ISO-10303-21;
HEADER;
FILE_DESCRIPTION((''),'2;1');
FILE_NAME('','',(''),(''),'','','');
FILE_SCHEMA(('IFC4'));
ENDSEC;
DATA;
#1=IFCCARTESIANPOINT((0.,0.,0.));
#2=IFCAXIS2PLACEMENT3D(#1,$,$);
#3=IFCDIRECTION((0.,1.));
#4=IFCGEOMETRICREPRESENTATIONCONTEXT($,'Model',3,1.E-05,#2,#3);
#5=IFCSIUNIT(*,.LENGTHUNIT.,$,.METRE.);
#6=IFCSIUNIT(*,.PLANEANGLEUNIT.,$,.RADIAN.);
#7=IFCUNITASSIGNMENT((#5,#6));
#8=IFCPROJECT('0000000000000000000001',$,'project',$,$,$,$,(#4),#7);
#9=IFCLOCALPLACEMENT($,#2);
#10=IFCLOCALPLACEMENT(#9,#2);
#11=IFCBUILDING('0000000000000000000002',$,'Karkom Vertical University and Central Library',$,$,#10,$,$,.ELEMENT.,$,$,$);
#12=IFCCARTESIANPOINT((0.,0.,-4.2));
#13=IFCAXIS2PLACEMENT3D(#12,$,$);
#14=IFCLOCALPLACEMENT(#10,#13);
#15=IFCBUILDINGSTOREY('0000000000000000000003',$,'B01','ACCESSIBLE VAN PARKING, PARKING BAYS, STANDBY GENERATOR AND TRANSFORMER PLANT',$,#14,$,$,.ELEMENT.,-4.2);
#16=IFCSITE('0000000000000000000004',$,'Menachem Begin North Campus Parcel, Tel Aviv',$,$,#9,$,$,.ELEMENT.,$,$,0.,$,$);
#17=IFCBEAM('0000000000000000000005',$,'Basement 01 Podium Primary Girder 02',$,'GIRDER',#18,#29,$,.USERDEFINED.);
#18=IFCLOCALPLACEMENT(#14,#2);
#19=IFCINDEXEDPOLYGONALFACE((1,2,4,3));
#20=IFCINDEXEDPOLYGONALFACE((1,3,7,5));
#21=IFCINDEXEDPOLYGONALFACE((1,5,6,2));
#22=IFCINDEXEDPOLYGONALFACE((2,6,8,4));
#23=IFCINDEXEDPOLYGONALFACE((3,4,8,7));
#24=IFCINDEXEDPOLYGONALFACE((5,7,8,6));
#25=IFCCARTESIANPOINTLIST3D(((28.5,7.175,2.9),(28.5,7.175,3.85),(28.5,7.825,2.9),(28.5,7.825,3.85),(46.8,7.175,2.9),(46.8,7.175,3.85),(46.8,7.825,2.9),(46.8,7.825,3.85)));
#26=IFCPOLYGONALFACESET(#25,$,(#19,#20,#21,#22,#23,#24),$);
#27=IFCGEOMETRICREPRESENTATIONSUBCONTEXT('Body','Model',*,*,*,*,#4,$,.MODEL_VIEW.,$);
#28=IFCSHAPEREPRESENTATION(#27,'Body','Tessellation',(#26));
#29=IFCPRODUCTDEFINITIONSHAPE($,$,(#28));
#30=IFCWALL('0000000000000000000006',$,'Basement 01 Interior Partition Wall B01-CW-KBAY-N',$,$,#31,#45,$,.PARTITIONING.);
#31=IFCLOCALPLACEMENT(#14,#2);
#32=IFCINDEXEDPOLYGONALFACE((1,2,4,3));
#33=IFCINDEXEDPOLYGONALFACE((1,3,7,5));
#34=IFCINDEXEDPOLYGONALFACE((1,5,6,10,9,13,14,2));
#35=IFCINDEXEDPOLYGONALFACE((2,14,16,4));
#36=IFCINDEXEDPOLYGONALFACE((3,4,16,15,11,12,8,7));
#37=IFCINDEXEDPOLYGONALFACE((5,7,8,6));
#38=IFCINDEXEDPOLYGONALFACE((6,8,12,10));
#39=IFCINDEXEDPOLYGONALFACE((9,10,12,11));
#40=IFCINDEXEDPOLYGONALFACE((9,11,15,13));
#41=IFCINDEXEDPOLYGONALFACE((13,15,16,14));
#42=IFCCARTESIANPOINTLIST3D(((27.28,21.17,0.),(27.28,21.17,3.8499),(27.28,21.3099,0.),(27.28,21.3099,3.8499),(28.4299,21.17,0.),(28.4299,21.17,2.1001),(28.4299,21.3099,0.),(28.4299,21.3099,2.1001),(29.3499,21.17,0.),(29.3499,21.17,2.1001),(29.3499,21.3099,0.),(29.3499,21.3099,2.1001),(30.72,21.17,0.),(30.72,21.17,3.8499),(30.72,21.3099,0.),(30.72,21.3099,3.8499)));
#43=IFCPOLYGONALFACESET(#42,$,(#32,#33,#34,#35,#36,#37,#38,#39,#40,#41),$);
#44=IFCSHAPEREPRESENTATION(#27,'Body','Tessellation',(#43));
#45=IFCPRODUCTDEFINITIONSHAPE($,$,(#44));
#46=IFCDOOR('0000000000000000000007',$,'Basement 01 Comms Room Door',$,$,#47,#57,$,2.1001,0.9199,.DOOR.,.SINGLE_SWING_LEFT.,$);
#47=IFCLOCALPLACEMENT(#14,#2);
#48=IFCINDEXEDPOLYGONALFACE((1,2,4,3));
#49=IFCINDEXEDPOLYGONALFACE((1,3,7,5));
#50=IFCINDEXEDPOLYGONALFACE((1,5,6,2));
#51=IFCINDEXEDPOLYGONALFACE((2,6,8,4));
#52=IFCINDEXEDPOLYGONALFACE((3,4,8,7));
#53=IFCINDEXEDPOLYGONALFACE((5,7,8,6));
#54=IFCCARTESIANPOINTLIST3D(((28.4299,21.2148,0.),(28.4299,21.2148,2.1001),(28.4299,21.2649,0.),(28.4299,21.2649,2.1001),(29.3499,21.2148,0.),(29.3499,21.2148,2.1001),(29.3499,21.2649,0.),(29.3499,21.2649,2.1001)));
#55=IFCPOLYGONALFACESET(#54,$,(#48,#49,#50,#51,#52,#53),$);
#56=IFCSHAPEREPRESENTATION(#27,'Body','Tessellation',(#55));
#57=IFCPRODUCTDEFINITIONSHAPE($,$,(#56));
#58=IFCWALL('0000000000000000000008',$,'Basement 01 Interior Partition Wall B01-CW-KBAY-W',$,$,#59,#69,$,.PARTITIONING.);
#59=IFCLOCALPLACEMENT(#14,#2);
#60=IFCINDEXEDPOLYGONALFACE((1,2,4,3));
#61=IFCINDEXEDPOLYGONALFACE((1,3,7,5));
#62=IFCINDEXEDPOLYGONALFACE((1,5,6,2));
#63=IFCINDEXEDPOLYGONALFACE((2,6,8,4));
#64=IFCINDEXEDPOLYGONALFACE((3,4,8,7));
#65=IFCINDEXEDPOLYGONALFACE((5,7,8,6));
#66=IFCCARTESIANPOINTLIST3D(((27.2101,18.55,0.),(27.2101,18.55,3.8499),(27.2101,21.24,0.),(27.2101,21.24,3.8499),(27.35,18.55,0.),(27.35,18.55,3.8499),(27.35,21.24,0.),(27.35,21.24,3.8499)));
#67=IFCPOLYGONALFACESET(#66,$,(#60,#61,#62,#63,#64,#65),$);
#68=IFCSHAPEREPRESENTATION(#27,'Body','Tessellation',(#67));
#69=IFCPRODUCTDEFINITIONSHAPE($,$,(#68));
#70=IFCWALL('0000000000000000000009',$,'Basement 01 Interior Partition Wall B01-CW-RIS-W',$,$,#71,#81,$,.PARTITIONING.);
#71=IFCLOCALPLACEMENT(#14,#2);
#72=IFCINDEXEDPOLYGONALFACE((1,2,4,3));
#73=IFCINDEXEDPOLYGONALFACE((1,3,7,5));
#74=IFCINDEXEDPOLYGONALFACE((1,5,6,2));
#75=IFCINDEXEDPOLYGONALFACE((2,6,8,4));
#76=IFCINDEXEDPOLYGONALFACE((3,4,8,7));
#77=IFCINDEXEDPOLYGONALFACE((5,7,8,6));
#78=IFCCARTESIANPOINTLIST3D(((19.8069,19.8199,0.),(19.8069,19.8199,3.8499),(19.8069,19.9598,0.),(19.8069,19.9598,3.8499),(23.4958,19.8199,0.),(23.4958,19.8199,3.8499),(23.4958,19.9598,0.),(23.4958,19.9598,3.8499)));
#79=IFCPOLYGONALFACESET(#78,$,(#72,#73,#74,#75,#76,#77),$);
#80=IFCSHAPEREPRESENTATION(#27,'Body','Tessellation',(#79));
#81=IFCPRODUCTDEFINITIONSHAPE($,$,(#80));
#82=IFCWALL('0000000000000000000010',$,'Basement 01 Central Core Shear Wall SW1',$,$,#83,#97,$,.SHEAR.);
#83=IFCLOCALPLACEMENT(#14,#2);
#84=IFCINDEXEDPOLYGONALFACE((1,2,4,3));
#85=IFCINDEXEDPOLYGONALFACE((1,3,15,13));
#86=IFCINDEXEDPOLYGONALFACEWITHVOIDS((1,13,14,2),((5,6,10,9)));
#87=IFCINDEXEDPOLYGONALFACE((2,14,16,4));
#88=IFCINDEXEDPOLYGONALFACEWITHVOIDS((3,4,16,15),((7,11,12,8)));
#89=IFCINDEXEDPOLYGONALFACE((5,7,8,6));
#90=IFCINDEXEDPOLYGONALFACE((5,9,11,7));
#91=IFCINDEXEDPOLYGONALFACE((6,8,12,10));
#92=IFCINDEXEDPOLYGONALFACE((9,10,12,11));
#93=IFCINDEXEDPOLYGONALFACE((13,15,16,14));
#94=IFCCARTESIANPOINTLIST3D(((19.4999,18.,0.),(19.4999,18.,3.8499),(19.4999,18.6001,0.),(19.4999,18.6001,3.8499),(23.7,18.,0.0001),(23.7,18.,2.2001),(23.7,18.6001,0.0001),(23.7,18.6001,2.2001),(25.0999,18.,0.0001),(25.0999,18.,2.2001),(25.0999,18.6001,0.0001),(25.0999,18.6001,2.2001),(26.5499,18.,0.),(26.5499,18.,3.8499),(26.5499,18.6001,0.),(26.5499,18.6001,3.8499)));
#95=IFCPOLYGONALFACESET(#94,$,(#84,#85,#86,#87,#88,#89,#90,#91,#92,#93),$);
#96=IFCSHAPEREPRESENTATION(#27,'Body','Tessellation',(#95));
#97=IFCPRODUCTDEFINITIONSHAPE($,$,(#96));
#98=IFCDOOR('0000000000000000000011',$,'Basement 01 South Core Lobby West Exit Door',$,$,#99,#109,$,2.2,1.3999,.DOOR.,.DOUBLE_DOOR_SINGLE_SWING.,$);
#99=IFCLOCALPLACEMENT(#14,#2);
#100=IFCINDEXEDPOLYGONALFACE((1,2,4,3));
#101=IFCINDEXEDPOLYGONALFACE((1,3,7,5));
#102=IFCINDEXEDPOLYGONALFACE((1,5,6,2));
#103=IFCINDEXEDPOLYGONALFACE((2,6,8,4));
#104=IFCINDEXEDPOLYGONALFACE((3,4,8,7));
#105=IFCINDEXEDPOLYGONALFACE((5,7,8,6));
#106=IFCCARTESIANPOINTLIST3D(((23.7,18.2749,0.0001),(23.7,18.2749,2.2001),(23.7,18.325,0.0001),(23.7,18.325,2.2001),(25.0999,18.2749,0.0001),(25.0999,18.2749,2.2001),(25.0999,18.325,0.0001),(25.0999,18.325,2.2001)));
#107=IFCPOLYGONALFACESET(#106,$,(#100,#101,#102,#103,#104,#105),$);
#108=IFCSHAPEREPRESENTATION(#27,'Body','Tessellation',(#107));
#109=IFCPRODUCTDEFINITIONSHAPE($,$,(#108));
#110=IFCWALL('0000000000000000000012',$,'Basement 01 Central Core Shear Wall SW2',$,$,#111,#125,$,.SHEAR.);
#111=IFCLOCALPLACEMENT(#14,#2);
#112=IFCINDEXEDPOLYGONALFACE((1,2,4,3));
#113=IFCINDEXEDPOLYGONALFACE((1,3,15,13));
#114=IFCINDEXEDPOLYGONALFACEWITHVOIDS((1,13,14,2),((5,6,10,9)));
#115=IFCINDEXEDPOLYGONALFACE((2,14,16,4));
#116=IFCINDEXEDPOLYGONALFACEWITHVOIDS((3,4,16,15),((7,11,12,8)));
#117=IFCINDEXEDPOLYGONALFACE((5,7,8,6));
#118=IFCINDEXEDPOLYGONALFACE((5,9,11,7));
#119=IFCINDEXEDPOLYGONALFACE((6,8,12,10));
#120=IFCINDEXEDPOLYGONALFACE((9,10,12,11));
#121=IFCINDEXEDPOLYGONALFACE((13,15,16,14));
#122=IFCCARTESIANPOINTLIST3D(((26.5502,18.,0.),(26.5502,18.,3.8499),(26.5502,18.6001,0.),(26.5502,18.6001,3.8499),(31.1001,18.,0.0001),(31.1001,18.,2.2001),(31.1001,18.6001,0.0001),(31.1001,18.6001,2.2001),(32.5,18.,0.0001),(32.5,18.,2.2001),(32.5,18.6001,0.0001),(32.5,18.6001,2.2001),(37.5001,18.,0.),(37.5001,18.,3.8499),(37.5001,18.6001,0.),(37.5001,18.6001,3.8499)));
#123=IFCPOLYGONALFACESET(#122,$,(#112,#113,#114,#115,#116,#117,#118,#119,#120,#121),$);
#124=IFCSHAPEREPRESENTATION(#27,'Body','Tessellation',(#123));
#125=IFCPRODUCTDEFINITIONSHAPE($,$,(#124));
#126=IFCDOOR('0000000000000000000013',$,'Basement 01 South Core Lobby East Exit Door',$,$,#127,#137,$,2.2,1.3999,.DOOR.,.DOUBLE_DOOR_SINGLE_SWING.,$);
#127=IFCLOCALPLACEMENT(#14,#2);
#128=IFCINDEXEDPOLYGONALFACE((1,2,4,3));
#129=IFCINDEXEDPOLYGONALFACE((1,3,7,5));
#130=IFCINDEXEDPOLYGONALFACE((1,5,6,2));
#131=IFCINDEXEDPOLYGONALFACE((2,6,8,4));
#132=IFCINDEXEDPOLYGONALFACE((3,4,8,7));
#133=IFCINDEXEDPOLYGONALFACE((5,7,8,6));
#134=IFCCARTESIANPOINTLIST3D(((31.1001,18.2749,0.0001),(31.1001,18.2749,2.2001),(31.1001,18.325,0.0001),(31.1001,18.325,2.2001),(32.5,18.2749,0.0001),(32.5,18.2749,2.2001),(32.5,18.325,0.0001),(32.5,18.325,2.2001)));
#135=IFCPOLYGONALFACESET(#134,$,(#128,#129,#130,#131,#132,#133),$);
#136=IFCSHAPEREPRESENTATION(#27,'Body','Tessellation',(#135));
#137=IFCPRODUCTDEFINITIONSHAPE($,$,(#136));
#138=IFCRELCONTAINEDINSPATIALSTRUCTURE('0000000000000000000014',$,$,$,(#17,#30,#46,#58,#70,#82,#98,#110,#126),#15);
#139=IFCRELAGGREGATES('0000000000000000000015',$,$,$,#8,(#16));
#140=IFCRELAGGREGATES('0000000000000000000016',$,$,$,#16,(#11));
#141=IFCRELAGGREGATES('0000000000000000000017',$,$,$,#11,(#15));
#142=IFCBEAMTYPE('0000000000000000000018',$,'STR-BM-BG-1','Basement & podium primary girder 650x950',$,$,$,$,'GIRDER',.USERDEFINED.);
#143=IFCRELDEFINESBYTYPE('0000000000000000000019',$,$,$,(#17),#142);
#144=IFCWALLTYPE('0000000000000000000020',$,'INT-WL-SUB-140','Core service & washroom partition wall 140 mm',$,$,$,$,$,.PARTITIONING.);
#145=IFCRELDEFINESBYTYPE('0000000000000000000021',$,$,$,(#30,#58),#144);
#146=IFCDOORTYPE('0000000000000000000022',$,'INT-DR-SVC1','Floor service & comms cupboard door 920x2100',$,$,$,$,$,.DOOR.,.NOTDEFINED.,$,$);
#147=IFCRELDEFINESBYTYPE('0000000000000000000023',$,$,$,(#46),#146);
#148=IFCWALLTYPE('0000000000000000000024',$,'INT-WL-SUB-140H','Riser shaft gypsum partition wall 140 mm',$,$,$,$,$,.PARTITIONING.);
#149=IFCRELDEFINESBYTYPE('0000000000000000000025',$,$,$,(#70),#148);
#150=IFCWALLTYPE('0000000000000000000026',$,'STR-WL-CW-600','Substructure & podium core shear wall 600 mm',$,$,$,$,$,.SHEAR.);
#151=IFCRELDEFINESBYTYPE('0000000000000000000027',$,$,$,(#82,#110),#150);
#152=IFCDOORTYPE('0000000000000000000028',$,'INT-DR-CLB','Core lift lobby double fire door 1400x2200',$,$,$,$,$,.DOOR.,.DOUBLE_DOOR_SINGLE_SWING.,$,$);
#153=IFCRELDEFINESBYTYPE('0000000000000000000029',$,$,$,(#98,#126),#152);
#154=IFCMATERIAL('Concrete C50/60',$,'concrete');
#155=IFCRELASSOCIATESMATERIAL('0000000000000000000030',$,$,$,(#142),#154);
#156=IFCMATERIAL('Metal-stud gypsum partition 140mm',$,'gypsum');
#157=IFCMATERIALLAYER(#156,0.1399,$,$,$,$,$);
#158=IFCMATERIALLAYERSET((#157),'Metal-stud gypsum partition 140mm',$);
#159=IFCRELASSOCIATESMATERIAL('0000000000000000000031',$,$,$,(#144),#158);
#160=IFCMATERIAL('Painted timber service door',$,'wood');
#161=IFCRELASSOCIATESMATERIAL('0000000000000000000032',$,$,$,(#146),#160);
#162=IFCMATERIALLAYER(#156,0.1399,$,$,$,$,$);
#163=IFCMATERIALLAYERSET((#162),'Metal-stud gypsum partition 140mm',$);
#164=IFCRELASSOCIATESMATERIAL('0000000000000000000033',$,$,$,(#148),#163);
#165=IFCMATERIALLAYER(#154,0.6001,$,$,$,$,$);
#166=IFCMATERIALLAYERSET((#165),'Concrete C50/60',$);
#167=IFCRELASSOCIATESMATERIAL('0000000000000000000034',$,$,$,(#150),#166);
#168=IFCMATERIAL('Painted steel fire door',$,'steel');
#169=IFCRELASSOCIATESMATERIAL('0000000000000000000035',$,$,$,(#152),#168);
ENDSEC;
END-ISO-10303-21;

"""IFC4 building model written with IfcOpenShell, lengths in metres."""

from ifc_helpers import new_model, si_unit, direction, frame, frame_2d, origin, origin_with_axes, origin_2d, place, context, subcontext, project, spatial, rectangle, extrude, source, transform, mapped, material, layer, layer_set, material_profile, profile_set, type_object, element, fill, save


model = new_model("IFC4")

# Units and contexts
model_context = context("Model", 3, precision=1e-05, world=origin(), true_north=direction((0.0, 1.0)))
body_context = subcontext(model_context, "Body", "Model", "MODEL_VIEW")
ifc_project = project(units=[si_unit("LENGTHUNIT", "METRE"), si_unit("PLANEANGLEUNIT", "RADIAN")], contexts=[model_context])

# Site, building, storey
site_placement = place(None, origin())
site = spatial("IfcSite", under=ifc_project, at=site_placement, Name="Menachem Begin North Campus Parcel, Tel Aviv", CompositionType="ELEMENT", RefElevation=0.0)
building_placement = place(site_placement, origin())
building = spatial("IfcBuilding", under=site, at=building_placement, Name="Karkom Vertical University and Central Library", CompositionType="ELEMENT")
storey_placement = place(building_placement, frame((0.0, 0.0, -4.2)))
storey = spatial("IfcBuildingStorey", under=building, at=storey_placement, Name="B01", Description="ACCESSIBLE VAN PARKING, PARKING BAYS, STANDBY GENERATOR AND TRANSFORMER PLANT", CompositionType="ELEMENT", Elevation=-4.2)

# Shared definitions
ifc_material_1 = material(Name="Concrete C50/60", Category="concrete")

# Beam
ifc_material_profile_1 = material_profile(ifc_material_1, rectangle(XDim=0.6499, YDim=0.95, at=origin_2d()), Name="RCG-650x950")
ifc_profile_set_1 = profile_set([ifc_material_profile_1], Name="Concrete C50/60")
beam_type = type_object("IfcBeamType", Name="STR-BM-BG-1", Description="Basement & podium primary girder 650x950", ElementType="GIRDER", PredefinedType="USERDEFINED", material=ifc_profile_set_1)
shared_shape_1 = source(origin_with_axes(), body_context, "Body", "SweptSolid", [
    extrude(rectangle(XDim=0.6499, YDim=0.95, at=origin_2d()), origin(), (0.0, 0.0, 1.0), 18.3),
])
beam_placement = place(storey_placement, frame((28.5, 7.5, 3.375), z_axis=(1.0, 0.0, 0.0), x_axis=(0.0, 1.0, 0.0)))
element("IfcBeam", 1, at=beam_placement, inside=storey, type_object=beam_type, Name="Basement 01 Podium Primary Girder 02", ObjectType="GIRDER", PredefinedType="USERDEFINED", context=body_context, shape_type="MappedRepresentation", body=[
    mapped(shared_shape_1, transform((0.0, 0.0, 0.0), scale=1.0)),
])

# Wall, opening, door
ifc_material_2 = material(Name="Metal-stud gypsum partition 140mm", Category="gypsum")
ifc_layer_1 = layer(ifc_material_2, 0.1399)
ifc_layer_set_1 = layer_set([ifc_layer_1], Name="Metal-stud gypsum partition 140mm")
wall_type_1 = type_object("IfcWallType", Name="INT-WL-SUB-140", Description="Core service & washroom partition wall 140 mm", PredefinedType="PARTITIONING", material=ifc_layer_set_1)
wall_1_placement = place(storey_placement, frame((27.28, 21.24, 0.0), z_axis=(0.0, 0.0, 1.0), x_axis=(1.0, 0.0, 0.0)))
wall_1 = element("IfcWall", 2, at=wall_1_placement, inside=storey, type_object=wall_type_1, Name="Basement 01 Interior Partition Wall B01-CW-KBAY-N", PredefinedType="PARTITIONING", context=body_context, shape_type="SweptSolid", body=[
    extrude(rectangle(XDim=3.4399, YDim=0.1399, at=frame_2d((1.72, 0.0))), origin(), (0.0, 0.0, 1.0), 3.8499),
])
opening_1_placement = place(wall_1_placement, frame((1.1499, 0.0, 0.0)))
opening_1 = element("IfcOpeningElement", 3, at=opening_1_placement, cuts=wall_1, PredefinedType="OPENING", context=body_context, shape_type="SweptSolid", body=[
    extrude(rectangle(XDim=0.9199, YDim=2.1001, at=frame_2d((0.46, 1.05))), frame((0.0, 0.0801, 0.0), z_axis=(0.0, -1.0, 0.0), x_axis=(1.0, 0.0, 0.0)), (0.0, 0.0, 1.0), 0.1599),
])
ifc_material_3 = material(Name="Painted timber service door", Category="wood")
door_type_1 = type_object("IfcDoorType", Name="INT-DR-SVC1", Description="Floor service & comms cupboard door 920x2100", OperationType="NOTDEFINED", PredefinedType="DOOR", material=ifc_material_3)
shared_shape_2 = source(origin_with_axes(), body_context, "Body", "SweptSolid", [
    extrude(rectangle(XDim=0.9199, YDim=2.1001, at=frame_2d((0.46, 1.05))), frame((0.0, 0.0249, 0.0), z_axis=(0.0, -1.0, 0.0), x_axis=(1.0, 0.0, 0.0)), (0.0, 0.0, 1.0), 0.05),
])
door_1_placement = place(opening_1_placement, origin())
door_1 = element("IfcDoor", 4, at=door_1_placement, inside=storey, type_object=door_type_1, Name="Basement 01 Comms Room Door", OperationType="SINGLE_SWING_LEFT", OverallHeight=2.1001, OverallWidth=0.9199, PredefinedType="DOOR", context=body_context, shape_type="MappedRepresentation", body=[
    mapped(shared_shape_2, transform((0.0, 0.0, 0.0), scale=1.0)),
])
fill(opening_1, door_1)

# Walls
wall_2_placement = place(storey_placement, frame((27.28, 18.55, 0.0), z_axis=(0.0, 0.0, 1.0), x_axis=(0.0, 1.0, 0.0)))
element("IfcWall", 5, at=wall_2_placement, inside=storey, type_object=wall_type_1, Name="Basement 01 Interior Partition Wall B01-CW-KBAY-W", PredefinedType="PARTITIONING", context=body_context, shape_type="SweptSolid", body=[
    extrude(rectangle(XDim=2.6899, YDim=0.1399, at=frame_2d((1.345, 0.0))), origin(), (0.0, 0.0, 1.0), 3.8499),
])
ifc_layer_2 = layer(ifc_material_2, 0.1399)
ifc_layer_set_2 = layer_set([ifc_layer_2], Name="Metal-stud gypsum partition 140mm")
wall_type_2 = type_object("IfcWallType", Name="INT-WL-SUB-140H", Description="Riser shaft gypsum partition wall 140 mm", PredefinedType="PARTITIONING", material=ifc_layer_set_2)
wall_3_placement = place(storey_placement, frame((19.8069, 19.8899, 0.0), z_axis=(0.0, 0.0, 1.0), x_axis=(1.0, 0.0, 0.0)))
element("IfcWall", 6, at=wall_3_placement, inside=storey, type_object=wall_type_2, Name="Basement 01 Interior Partition Wall B01-CW-RIS-W", PredefinedType="PARTITIONING", context=body_context, shape_type="SweptSolid", body=[
    extrude(rectangle(XDim=3.689, YDim=0.1399, at=frame_2d((1.8445, 0.0))), origin(), (0.0, 0.0, 1.0), 3.8499),
])

# Walls, openings, doors
ifc_layer_3 = layer(ifc_material_1, 0.6001)
ifc_layer_set_3 = layer_set([ifc_layer_3], Name="Concrete C50/60")
wall_type_3 = type_object("IfcWallType", Name="STR-WL-CW-600", Description="Substructure & podium core shear wall 600 mm", PredefinedType="SHEAR", material=ifc_layer_set_3)
wall_4_placement = place(storey_placement, frame((19.5, 18.3, 0.0), z_axis=(0.0, 0.0, 1.0), x_axis=(1.0, 0.0, 0.0)))
wall_4 = element("IfcWall", 7, at=wall_4_placement, inside=storey, type_object=wall_type_3, Name="Basement 01 Central Core Shear Wall SW1", PredefinedType="SHEAR", context=body_context, shape_type="SweptSolid", body=[
    extrude(rectangle(XDim=7.05, YDim=0.6001, at=frame_2d((3.5249, 0.0))), origin(), (0.0, 0.0, 1.0), 3.8499),
])
opening_2_placement = place(wall_4_placement, frame((4.2, 0.0, 0.0)))
opening_2 = element("IfcOpeningElement", 8, at=opening_2_placement, cuts=wall_4, PredefinedType="OPENING", context=body_context, shape_type="SweptSolid", body=[
    extrude(rectangle(XDim=1.3999, YDim=2.2, at=frame_2d((0.7, 1.1001))), frame((0.0, 0.3101, 0.0), z_axis=(0.0, -1.0, 0.0), x_axis=(1.0, 0.0, 0.0)), (0.0, 0.0, 1.0), 0.6201),
])
ifc_material_4 = material(Name="Painted steel fire door", Category="steel")
door_type_2 = type_object("IfcDoorType", Name="INT-DR-CLB", Description="Core lift lobby double fire door 1400x2200", OperationType="DOUBLE_DOOR_SINGLE_SWING", PredefinedType="DOOR", material=ifc_material_4)
shared_shape_3 = source(origin_with_axes(), body_context, "Body", "SweptSolid", [
    extrude(rectangle(XDim=1.3999, YDim=2.2, at=frame_2d((0.7, 1.1001))), frame((0.0, 0.0249, 0.0), z_axis=(0.0, -1.0, 0.0), x_axis=(1.0, 0.0, 0.0)), (0.0, 0.0, 1.0), 0.05),
])
door_2_placement = place(opening_2_placement, origin())
door_2 = element("IfcDoor", 9, at=door_2_placement, inside=storey, type_object=door_type_2, Name="Basement 01 South Core Lobby West Exit Door", OperationType="DOUBLE_DOOR_SINGLE_SWING", OverallHeight=2.2, OverallWidth=1.3999, PredefinedType="DOOR", context=body_context, shape_type="MappedRepresentation", body=[
    mapped(shared_shape_3, transform((0.0, 0.0, 0.0), scale=1.0)),
])
fill(opening_2, door_2)
wall_5_placement = place(storey_placement, frame((26.55, 18.3, 0.0), z_axis=(0.0, 0.0, 1.0), x_axis=(1.0, 0.0, 0.0)))
wall_5 = element("IfcWall", 10, at=wall_5_placement, inside=storey, type_object=wall_type_3, Name="Basement 01 Central Core Shear Wall SW2", PredefinedType="SHEAR", context=body_context, shape_type="SweptSolid", body=[
    extrude(rectangle(XDim=10.95, YDim=0.6001, at=frame_2d((5.4751, 0.0))), origin(), (0.0, 0.0, 1.0), 3.8499),
])
opening_3_placement = place(wall_5_placement, frame((4.55, 0.0, 0.0)))
opening_3 = element("IfcOpeningElement", 11, at=opening_3_placement, cuts=wall_5, PredefinedType="OPENING", context=body_context, shape_type="SweptSolid", body=[
    extrude(rectangle(XDim=1.3999, YDim=2.2, at=frame_2d((0.7, 1.1001))), frame((0.0, 0.3101, 0.0), z_axis=(0.0, -1.0, 0.0), x_axis=(1.0, 0.0, 0.0)), (0.0, 0.0, 1.0), 0.6201),
])
door_3_placement = place(opening_3_placement, origin())
door_3 = element("IfcDoor", 12, at=door_3_placement, inside=storey, type_object=door_type_2, Name="Basement 01 South Core Lobby East Exit Door", OperationType="DOUBLE_DOOR_SINGLE_SWING", OverallHeight=2.2, OverallWidth=1.3999, PredefinedType="DOOR", context=body_context, shape_type="MappedRepresentation", body=[
    mapped(shared_shape_3, transform((0.0, 0.0, 0.0), scale=1.0)),
])
fill(opening_3, door_3)

save(model, "model.ifc")
